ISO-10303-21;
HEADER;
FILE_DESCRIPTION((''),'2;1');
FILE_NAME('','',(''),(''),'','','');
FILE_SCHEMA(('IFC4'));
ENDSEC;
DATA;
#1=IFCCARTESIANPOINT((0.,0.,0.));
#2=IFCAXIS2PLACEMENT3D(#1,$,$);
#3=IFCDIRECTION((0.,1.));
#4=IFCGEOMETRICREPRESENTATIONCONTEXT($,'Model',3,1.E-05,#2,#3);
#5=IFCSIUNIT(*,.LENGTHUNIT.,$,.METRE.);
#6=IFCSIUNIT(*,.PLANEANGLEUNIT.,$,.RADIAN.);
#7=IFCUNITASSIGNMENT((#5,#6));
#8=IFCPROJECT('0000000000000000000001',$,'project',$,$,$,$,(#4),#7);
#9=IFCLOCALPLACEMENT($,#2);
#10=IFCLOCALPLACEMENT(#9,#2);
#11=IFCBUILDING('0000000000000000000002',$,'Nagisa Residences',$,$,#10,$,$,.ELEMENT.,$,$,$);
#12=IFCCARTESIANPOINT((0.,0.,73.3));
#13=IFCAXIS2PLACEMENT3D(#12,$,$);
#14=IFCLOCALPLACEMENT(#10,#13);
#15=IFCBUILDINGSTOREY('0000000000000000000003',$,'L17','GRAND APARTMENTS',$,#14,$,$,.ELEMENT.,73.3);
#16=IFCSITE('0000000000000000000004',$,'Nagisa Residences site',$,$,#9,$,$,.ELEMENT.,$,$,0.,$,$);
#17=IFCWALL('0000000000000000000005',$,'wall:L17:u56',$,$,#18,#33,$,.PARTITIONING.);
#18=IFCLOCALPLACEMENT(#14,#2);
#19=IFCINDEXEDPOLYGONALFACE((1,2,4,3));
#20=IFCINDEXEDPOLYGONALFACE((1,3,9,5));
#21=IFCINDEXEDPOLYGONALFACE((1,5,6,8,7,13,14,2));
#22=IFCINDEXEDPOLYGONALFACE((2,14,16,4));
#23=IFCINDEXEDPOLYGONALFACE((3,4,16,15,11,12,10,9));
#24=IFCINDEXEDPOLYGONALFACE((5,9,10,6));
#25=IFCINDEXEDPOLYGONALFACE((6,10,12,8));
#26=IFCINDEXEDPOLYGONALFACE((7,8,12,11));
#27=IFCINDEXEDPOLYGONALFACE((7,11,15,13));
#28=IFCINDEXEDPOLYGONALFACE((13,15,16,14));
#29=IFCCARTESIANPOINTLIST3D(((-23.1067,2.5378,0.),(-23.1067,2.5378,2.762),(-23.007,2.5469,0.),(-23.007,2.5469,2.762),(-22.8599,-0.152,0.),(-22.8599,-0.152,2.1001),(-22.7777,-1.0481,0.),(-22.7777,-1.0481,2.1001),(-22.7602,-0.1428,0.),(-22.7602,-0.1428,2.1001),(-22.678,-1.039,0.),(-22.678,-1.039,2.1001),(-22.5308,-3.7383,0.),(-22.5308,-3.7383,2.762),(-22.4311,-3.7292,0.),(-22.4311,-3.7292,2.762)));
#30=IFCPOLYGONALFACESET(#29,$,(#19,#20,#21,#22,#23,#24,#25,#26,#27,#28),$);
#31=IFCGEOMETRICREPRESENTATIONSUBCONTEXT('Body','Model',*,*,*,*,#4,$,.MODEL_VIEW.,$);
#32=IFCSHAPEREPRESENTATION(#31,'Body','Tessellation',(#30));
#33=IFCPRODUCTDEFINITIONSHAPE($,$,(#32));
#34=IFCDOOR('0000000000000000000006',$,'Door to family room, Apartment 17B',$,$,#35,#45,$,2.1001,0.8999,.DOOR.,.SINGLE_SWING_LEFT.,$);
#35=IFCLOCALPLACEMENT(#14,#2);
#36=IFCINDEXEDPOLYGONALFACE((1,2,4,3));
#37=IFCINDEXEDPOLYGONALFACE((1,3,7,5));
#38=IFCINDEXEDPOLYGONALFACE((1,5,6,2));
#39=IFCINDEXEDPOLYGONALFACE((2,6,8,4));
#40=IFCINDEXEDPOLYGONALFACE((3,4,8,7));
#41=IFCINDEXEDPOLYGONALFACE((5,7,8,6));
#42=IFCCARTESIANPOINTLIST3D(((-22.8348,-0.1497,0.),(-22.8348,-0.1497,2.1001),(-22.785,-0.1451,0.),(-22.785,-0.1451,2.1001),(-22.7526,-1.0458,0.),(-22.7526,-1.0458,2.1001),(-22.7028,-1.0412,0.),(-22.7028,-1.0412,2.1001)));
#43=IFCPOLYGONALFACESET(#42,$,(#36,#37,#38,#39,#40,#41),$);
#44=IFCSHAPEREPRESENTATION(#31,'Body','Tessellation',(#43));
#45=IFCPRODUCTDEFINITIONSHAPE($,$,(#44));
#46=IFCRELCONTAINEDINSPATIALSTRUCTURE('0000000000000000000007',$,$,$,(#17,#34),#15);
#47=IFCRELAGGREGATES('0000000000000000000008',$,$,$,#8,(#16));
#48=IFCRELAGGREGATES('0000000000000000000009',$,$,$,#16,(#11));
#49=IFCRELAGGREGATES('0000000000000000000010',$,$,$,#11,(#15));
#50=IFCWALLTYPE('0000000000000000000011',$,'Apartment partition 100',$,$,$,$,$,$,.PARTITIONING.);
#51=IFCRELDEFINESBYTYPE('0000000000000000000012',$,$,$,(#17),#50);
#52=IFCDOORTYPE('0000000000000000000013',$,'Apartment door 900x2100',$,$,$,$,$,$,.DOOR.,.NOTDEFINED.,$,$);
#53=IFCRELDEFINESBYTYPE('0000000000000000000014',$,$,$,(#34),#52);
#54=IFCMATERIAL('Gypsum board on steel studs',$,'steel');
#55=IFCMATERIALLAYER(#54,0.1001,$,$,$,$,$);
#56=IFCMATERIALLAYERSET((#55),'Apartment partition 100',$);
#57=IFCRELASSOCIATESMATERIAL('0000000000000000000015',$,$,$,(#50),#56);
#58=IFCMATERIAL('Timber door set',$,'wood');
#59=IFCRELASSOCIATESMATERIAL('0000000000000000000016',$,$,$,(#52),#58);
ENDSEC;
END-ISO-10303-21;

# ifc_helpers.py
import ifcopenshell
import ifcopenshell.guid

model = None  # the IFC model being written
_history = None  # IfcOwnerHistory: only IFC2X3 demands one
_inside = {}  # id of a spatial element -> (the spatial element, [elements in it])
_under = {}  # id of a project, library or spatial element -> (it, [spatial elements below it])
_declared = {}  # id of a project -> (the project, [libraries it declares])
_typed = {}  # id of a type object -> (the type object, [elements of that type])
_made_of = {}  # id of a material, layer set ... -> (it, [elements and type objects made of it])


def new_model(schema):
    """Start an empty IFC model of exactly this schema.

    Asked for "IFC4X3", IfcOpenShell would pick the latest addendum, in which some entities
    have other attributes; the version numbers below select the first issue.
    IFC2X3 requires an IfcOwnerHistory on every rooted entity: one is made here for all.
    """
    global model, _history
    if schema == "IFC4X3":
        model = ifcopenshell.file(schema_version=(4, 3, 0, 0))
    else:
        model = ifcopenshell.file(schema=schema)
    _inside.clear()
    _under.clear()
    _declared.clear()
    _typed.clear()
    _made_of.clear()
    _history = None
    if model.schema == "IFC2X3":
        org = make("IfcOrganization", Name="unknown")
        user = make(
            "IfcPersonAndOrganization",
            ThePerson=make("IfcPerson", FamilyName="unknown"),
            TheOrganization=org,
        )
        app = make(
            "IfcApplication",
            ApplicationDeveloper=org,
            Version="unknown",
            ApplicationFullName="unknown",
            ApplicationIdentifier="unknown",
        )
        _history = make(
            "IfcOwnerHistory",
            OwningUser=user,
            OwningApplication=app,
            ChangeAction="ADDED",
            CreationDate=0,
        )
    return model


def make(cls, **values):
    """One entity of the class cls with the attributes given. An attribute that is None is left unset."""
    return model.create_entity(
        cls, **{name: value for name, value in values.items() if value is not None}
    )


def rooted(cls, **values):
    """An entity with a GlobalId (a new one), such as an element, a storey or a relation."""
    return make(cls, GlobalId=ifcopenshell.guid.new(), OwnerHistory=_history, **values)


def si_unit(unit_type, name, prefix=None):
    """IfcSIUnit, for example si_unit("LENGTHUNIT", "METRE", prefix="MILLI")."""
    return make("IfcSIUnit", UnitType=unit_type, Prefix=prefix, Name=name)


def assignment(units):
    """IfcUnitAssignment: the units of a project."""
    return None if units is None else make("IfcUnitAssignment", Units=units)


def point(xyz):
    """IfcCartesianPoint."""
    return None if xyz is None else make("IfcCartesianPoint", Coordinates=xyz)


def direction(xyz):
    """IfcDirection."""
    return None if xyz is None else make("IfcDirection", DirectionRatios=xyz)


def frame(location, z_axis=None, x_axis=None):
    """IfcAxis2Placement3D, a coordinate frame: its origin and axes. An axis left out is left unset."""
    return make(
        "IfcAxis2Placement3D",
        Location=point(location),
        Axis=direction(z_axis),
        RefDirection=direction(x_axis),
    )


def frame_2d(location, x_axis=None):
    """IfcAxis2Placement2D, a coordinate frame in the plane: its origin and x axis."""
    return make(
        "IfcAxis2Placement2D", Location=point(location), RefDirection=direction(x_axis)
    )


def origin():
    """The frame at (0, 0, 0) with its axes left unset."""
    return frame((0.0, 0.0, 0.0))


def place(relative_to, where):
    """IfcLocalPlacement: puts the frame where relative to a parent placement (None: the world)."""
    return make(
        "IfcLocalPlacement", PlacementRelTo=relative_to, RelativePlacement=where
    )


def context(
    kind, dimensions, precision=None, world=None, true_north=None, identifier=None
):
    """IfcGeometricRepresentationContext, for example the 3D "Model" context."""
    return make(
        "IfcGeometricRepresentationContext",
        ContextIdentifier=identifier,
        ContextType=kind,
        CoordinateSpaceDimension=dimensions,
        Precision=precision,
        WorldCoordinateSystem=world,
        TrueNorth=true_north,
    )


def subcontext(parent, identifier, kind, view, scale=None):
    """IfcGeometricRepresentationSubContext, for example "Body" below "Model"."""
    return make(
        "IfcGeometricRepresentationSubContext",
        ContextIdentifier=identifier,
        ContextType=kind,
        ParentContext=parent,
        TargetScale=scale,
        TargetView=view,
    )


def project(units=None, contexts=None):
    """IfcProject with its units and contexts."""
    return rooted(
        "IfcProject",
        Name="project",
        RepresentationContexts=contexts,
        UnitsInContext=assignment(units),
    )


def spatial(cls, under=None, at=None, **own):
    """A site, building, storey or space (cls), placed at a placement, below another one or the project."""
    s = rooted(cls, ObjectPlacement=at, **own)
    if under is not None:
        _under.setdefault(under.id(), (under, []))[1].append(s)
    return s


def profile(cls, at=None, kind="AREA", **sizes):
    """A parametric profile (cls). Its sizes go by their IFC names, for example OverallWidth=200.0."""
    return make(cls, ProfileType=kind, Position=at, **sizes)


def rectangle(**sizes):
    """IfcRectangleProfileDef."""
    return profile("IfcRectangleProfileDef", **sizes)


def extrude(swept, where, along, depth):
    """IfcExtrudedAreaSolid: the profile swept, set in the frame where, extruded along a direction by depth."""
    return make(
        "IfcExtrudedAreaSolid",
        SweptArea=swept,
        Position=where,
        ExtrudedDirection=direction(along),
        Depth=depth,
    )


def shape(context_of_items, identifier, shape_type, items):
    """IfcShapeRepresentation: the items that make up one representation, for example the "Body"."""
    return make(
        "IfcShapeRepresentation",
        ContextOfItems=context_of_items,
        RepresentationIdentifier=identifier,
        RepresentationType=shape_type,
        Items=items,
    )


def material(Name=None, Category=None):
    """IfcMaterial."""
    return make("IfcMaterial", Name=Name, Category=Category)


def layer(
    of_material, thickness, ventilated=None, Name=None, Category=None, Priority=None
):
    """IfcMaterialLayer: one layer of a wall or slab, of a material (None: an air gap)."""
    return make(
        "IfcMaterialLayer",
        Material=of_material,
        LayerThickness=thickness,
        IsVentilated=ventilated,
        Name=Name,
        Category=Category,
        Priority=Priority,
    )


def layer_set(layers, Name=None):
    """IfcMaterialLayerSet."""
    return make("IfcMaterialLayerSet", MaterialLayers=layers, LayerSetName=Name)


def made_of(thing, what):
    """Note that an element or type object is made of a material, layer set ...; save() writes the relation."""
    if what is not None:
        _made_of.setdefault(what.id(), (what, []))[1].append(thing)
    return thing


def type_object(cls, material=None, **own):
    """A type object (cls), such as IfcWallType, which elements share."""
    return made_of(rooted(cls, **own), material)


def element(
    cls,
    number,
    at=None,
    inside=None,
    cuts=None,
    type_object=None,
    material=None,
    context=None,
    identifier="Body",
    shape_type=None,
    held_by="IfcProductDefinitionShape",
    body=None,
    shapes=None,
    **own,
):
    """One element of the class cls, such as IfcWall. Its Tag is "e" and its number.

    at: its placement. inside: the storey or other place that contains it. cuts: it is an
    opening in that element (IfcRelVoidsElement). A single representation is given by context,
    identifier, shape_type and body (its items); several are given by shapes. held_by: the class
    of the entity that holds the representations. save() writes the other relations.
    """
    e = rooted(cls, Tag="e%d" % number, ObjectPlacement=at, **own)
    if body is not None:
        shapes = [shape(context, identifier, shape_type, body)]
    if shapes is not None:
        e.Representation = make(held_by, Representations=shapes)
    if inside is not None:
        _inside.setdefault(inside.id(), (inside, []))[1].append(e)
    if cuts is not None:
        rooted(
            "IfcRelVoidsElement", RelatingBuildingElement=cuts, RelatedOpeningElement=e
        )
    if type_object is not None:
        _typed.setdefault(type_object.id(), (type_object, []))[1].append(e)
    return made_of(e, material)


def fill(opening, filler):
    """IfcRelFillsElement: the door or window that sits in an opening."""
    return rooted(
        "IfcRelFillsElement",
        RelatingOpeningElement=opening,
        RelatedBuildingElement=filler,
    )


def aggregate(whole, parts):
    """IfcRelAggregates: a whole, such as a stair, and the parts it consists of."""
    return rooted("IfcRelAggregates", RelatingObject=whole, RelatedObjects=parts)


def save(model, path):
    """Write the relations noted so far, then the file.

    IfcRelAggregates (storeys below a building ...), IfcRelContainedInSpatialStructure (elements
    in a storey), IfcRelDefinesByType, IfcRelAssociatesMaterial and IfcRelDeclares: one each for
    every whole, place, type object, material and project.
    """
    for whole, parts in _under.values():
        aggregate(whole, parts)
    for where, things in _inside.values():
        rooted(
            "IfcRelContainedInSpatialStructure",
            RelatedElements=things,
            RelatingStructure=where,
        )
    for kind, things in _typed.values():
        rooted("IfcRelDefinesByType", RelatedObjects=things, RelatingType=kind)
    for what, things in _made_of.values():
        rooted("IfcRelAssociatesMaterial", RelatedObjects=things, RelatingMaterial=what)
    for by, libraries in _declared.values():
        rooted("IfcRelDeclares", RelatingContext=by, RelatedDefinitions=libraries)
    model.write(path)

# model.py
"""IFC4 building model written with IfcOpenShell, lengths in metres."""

from ifc_helpers import new_model, si_unit, direction, frame, frame_2d, origin, place, context, subcontext, project, spatial, rectangle, extrude, material, layer, layer_set, type_object, element, fill, save


model = new_model("IFC4")

# Units and contexts
model_context = context("Model", 3, precision=1e-05, world=origin(), true_north=direction((0.0, 1.0)))
body_context = subcontext(model_context, "Body", "Model", "MODEL_VIEW")
ifc_project = project(units=[si_unit("LENGTHUNIT", "METRE"), si_unit("PLANEANGLEUNIT", "RADIAN")], contexts=[model_context])

# Site, building, storey
site_placement = place(None, origin())
site = spatial("IfcSite", under=ifc_project, at=site_placement, Name="Nagisa Residences site", CompositionType="ELEMENT", RefElevation=0.0)
building_placement = place(site_placement, origin())
building = spatial("IfcBuilding", under=site, at=building_placement, Name="Nagisa Residences", CompositionType="ELEMENT")
storey_placement = place(building_placement, frame((0.0, 0.0, 73.3)))
storey = spatial("IfcBuildingStorey", under=building, at=storey_placement, Name="L17", Description="GRAND APARTMENTS", CompositionType="ELEMENT", Elevation=73.3)

# Shared definitions
ifc_material_1 = material(Name="Gypsum board on steel studs", Category="steel")
ifc_layer_1 = layer(ifc_material_1, 0.1001)
ifc_layer_set_1 = layer_set([ifc_layer_1], Name="Apartment partition 100")
wall_type_1 = type_object("IfcWallType", Name="Apartment partition 100", PredefinedType="PARTITIONING", material=ifc_layer_set_1)

# Shared definitions
ifc_material_2 = material(Name="Timber door set", Category="wood")
door_type_1 = type_object("IfcDoorType", Name="Apartment door 900x2100", OperationType="NOTDEFINED", PredefinedType="DOOR", material=ifc_material_2)

# Wall, opening, door
wall_1_placement = place(storey_placement, frame((-23.0569, 2.5425, 0.0), z_axis=(0.0, 0.0, 1.0), x_axis=(0.091381, -0.995816, 0.0)))
wall_1 = element("IfcWall", 1, at=wall_1_placement, inside=storey, type_object=wall_type_1, Name="wall:L17:u56", PredefinedType="PARTITIONING", context=body_context, shape_type="SweptSolid", body=[
    extrude(rectangle(XDim=6.3025, YDim=0.1001, at=frame_2d((3.1514, 0.0))), origin(), (0.0, 0.0, 1.0), 2.762),
])
opening_1_placement = place(wall_1_placement, frame((2.7012, 0.0, 0.0)))
opening_1 = element("IfcOpeningElement", 2, at=opening_1_placement, cuts=wall_1, PredefinedType="OPENING", context=body_context, shape_type="SweptSolid", body=[
    extrude(rectangle(XDim=0.8999, YDim=2.1001, at=frame_2d((0.45, 1.05))), frame((0.0, 0.0601, 0.0), z_axis=(0.0, -1.0, 0.0), x_axis=(1.0, 0.0, 0.0)), (0.0, 0.0, 1.0), 0.1201),
])
door_1_placement = place(opening_1_placement, frame((0.8999, 0.0, 0.0), x_axis=(-1.0, 0.0, 0.0)))
door_1 = element("IfcDoor", 3, at=door_1_placement, inside=storey, type_object=door_type_1, Name="Door to family room, Apartment 17B", OperationType="SINGLE_SWING_LEFT", OverallHeight=2.1001, OverallWidth=0.8999, PredefinedType="DOOR", context=body_context, shape_type="SweptSolid", body=[
    extrude(rectangle(XDim=0.8999, YDim=2.1001, at=frame_2d((0.45, 1.05))), frame((0.0, 0.0249, 0.0), z_axis=(0.0, -1.0, 0.0), x_axis=(1.0, 0.0, 0.0)), (0.0, 0.0, 1.0), 0.05),
])
fill(opening_1, door_1)

save(model, "model.ifc")
